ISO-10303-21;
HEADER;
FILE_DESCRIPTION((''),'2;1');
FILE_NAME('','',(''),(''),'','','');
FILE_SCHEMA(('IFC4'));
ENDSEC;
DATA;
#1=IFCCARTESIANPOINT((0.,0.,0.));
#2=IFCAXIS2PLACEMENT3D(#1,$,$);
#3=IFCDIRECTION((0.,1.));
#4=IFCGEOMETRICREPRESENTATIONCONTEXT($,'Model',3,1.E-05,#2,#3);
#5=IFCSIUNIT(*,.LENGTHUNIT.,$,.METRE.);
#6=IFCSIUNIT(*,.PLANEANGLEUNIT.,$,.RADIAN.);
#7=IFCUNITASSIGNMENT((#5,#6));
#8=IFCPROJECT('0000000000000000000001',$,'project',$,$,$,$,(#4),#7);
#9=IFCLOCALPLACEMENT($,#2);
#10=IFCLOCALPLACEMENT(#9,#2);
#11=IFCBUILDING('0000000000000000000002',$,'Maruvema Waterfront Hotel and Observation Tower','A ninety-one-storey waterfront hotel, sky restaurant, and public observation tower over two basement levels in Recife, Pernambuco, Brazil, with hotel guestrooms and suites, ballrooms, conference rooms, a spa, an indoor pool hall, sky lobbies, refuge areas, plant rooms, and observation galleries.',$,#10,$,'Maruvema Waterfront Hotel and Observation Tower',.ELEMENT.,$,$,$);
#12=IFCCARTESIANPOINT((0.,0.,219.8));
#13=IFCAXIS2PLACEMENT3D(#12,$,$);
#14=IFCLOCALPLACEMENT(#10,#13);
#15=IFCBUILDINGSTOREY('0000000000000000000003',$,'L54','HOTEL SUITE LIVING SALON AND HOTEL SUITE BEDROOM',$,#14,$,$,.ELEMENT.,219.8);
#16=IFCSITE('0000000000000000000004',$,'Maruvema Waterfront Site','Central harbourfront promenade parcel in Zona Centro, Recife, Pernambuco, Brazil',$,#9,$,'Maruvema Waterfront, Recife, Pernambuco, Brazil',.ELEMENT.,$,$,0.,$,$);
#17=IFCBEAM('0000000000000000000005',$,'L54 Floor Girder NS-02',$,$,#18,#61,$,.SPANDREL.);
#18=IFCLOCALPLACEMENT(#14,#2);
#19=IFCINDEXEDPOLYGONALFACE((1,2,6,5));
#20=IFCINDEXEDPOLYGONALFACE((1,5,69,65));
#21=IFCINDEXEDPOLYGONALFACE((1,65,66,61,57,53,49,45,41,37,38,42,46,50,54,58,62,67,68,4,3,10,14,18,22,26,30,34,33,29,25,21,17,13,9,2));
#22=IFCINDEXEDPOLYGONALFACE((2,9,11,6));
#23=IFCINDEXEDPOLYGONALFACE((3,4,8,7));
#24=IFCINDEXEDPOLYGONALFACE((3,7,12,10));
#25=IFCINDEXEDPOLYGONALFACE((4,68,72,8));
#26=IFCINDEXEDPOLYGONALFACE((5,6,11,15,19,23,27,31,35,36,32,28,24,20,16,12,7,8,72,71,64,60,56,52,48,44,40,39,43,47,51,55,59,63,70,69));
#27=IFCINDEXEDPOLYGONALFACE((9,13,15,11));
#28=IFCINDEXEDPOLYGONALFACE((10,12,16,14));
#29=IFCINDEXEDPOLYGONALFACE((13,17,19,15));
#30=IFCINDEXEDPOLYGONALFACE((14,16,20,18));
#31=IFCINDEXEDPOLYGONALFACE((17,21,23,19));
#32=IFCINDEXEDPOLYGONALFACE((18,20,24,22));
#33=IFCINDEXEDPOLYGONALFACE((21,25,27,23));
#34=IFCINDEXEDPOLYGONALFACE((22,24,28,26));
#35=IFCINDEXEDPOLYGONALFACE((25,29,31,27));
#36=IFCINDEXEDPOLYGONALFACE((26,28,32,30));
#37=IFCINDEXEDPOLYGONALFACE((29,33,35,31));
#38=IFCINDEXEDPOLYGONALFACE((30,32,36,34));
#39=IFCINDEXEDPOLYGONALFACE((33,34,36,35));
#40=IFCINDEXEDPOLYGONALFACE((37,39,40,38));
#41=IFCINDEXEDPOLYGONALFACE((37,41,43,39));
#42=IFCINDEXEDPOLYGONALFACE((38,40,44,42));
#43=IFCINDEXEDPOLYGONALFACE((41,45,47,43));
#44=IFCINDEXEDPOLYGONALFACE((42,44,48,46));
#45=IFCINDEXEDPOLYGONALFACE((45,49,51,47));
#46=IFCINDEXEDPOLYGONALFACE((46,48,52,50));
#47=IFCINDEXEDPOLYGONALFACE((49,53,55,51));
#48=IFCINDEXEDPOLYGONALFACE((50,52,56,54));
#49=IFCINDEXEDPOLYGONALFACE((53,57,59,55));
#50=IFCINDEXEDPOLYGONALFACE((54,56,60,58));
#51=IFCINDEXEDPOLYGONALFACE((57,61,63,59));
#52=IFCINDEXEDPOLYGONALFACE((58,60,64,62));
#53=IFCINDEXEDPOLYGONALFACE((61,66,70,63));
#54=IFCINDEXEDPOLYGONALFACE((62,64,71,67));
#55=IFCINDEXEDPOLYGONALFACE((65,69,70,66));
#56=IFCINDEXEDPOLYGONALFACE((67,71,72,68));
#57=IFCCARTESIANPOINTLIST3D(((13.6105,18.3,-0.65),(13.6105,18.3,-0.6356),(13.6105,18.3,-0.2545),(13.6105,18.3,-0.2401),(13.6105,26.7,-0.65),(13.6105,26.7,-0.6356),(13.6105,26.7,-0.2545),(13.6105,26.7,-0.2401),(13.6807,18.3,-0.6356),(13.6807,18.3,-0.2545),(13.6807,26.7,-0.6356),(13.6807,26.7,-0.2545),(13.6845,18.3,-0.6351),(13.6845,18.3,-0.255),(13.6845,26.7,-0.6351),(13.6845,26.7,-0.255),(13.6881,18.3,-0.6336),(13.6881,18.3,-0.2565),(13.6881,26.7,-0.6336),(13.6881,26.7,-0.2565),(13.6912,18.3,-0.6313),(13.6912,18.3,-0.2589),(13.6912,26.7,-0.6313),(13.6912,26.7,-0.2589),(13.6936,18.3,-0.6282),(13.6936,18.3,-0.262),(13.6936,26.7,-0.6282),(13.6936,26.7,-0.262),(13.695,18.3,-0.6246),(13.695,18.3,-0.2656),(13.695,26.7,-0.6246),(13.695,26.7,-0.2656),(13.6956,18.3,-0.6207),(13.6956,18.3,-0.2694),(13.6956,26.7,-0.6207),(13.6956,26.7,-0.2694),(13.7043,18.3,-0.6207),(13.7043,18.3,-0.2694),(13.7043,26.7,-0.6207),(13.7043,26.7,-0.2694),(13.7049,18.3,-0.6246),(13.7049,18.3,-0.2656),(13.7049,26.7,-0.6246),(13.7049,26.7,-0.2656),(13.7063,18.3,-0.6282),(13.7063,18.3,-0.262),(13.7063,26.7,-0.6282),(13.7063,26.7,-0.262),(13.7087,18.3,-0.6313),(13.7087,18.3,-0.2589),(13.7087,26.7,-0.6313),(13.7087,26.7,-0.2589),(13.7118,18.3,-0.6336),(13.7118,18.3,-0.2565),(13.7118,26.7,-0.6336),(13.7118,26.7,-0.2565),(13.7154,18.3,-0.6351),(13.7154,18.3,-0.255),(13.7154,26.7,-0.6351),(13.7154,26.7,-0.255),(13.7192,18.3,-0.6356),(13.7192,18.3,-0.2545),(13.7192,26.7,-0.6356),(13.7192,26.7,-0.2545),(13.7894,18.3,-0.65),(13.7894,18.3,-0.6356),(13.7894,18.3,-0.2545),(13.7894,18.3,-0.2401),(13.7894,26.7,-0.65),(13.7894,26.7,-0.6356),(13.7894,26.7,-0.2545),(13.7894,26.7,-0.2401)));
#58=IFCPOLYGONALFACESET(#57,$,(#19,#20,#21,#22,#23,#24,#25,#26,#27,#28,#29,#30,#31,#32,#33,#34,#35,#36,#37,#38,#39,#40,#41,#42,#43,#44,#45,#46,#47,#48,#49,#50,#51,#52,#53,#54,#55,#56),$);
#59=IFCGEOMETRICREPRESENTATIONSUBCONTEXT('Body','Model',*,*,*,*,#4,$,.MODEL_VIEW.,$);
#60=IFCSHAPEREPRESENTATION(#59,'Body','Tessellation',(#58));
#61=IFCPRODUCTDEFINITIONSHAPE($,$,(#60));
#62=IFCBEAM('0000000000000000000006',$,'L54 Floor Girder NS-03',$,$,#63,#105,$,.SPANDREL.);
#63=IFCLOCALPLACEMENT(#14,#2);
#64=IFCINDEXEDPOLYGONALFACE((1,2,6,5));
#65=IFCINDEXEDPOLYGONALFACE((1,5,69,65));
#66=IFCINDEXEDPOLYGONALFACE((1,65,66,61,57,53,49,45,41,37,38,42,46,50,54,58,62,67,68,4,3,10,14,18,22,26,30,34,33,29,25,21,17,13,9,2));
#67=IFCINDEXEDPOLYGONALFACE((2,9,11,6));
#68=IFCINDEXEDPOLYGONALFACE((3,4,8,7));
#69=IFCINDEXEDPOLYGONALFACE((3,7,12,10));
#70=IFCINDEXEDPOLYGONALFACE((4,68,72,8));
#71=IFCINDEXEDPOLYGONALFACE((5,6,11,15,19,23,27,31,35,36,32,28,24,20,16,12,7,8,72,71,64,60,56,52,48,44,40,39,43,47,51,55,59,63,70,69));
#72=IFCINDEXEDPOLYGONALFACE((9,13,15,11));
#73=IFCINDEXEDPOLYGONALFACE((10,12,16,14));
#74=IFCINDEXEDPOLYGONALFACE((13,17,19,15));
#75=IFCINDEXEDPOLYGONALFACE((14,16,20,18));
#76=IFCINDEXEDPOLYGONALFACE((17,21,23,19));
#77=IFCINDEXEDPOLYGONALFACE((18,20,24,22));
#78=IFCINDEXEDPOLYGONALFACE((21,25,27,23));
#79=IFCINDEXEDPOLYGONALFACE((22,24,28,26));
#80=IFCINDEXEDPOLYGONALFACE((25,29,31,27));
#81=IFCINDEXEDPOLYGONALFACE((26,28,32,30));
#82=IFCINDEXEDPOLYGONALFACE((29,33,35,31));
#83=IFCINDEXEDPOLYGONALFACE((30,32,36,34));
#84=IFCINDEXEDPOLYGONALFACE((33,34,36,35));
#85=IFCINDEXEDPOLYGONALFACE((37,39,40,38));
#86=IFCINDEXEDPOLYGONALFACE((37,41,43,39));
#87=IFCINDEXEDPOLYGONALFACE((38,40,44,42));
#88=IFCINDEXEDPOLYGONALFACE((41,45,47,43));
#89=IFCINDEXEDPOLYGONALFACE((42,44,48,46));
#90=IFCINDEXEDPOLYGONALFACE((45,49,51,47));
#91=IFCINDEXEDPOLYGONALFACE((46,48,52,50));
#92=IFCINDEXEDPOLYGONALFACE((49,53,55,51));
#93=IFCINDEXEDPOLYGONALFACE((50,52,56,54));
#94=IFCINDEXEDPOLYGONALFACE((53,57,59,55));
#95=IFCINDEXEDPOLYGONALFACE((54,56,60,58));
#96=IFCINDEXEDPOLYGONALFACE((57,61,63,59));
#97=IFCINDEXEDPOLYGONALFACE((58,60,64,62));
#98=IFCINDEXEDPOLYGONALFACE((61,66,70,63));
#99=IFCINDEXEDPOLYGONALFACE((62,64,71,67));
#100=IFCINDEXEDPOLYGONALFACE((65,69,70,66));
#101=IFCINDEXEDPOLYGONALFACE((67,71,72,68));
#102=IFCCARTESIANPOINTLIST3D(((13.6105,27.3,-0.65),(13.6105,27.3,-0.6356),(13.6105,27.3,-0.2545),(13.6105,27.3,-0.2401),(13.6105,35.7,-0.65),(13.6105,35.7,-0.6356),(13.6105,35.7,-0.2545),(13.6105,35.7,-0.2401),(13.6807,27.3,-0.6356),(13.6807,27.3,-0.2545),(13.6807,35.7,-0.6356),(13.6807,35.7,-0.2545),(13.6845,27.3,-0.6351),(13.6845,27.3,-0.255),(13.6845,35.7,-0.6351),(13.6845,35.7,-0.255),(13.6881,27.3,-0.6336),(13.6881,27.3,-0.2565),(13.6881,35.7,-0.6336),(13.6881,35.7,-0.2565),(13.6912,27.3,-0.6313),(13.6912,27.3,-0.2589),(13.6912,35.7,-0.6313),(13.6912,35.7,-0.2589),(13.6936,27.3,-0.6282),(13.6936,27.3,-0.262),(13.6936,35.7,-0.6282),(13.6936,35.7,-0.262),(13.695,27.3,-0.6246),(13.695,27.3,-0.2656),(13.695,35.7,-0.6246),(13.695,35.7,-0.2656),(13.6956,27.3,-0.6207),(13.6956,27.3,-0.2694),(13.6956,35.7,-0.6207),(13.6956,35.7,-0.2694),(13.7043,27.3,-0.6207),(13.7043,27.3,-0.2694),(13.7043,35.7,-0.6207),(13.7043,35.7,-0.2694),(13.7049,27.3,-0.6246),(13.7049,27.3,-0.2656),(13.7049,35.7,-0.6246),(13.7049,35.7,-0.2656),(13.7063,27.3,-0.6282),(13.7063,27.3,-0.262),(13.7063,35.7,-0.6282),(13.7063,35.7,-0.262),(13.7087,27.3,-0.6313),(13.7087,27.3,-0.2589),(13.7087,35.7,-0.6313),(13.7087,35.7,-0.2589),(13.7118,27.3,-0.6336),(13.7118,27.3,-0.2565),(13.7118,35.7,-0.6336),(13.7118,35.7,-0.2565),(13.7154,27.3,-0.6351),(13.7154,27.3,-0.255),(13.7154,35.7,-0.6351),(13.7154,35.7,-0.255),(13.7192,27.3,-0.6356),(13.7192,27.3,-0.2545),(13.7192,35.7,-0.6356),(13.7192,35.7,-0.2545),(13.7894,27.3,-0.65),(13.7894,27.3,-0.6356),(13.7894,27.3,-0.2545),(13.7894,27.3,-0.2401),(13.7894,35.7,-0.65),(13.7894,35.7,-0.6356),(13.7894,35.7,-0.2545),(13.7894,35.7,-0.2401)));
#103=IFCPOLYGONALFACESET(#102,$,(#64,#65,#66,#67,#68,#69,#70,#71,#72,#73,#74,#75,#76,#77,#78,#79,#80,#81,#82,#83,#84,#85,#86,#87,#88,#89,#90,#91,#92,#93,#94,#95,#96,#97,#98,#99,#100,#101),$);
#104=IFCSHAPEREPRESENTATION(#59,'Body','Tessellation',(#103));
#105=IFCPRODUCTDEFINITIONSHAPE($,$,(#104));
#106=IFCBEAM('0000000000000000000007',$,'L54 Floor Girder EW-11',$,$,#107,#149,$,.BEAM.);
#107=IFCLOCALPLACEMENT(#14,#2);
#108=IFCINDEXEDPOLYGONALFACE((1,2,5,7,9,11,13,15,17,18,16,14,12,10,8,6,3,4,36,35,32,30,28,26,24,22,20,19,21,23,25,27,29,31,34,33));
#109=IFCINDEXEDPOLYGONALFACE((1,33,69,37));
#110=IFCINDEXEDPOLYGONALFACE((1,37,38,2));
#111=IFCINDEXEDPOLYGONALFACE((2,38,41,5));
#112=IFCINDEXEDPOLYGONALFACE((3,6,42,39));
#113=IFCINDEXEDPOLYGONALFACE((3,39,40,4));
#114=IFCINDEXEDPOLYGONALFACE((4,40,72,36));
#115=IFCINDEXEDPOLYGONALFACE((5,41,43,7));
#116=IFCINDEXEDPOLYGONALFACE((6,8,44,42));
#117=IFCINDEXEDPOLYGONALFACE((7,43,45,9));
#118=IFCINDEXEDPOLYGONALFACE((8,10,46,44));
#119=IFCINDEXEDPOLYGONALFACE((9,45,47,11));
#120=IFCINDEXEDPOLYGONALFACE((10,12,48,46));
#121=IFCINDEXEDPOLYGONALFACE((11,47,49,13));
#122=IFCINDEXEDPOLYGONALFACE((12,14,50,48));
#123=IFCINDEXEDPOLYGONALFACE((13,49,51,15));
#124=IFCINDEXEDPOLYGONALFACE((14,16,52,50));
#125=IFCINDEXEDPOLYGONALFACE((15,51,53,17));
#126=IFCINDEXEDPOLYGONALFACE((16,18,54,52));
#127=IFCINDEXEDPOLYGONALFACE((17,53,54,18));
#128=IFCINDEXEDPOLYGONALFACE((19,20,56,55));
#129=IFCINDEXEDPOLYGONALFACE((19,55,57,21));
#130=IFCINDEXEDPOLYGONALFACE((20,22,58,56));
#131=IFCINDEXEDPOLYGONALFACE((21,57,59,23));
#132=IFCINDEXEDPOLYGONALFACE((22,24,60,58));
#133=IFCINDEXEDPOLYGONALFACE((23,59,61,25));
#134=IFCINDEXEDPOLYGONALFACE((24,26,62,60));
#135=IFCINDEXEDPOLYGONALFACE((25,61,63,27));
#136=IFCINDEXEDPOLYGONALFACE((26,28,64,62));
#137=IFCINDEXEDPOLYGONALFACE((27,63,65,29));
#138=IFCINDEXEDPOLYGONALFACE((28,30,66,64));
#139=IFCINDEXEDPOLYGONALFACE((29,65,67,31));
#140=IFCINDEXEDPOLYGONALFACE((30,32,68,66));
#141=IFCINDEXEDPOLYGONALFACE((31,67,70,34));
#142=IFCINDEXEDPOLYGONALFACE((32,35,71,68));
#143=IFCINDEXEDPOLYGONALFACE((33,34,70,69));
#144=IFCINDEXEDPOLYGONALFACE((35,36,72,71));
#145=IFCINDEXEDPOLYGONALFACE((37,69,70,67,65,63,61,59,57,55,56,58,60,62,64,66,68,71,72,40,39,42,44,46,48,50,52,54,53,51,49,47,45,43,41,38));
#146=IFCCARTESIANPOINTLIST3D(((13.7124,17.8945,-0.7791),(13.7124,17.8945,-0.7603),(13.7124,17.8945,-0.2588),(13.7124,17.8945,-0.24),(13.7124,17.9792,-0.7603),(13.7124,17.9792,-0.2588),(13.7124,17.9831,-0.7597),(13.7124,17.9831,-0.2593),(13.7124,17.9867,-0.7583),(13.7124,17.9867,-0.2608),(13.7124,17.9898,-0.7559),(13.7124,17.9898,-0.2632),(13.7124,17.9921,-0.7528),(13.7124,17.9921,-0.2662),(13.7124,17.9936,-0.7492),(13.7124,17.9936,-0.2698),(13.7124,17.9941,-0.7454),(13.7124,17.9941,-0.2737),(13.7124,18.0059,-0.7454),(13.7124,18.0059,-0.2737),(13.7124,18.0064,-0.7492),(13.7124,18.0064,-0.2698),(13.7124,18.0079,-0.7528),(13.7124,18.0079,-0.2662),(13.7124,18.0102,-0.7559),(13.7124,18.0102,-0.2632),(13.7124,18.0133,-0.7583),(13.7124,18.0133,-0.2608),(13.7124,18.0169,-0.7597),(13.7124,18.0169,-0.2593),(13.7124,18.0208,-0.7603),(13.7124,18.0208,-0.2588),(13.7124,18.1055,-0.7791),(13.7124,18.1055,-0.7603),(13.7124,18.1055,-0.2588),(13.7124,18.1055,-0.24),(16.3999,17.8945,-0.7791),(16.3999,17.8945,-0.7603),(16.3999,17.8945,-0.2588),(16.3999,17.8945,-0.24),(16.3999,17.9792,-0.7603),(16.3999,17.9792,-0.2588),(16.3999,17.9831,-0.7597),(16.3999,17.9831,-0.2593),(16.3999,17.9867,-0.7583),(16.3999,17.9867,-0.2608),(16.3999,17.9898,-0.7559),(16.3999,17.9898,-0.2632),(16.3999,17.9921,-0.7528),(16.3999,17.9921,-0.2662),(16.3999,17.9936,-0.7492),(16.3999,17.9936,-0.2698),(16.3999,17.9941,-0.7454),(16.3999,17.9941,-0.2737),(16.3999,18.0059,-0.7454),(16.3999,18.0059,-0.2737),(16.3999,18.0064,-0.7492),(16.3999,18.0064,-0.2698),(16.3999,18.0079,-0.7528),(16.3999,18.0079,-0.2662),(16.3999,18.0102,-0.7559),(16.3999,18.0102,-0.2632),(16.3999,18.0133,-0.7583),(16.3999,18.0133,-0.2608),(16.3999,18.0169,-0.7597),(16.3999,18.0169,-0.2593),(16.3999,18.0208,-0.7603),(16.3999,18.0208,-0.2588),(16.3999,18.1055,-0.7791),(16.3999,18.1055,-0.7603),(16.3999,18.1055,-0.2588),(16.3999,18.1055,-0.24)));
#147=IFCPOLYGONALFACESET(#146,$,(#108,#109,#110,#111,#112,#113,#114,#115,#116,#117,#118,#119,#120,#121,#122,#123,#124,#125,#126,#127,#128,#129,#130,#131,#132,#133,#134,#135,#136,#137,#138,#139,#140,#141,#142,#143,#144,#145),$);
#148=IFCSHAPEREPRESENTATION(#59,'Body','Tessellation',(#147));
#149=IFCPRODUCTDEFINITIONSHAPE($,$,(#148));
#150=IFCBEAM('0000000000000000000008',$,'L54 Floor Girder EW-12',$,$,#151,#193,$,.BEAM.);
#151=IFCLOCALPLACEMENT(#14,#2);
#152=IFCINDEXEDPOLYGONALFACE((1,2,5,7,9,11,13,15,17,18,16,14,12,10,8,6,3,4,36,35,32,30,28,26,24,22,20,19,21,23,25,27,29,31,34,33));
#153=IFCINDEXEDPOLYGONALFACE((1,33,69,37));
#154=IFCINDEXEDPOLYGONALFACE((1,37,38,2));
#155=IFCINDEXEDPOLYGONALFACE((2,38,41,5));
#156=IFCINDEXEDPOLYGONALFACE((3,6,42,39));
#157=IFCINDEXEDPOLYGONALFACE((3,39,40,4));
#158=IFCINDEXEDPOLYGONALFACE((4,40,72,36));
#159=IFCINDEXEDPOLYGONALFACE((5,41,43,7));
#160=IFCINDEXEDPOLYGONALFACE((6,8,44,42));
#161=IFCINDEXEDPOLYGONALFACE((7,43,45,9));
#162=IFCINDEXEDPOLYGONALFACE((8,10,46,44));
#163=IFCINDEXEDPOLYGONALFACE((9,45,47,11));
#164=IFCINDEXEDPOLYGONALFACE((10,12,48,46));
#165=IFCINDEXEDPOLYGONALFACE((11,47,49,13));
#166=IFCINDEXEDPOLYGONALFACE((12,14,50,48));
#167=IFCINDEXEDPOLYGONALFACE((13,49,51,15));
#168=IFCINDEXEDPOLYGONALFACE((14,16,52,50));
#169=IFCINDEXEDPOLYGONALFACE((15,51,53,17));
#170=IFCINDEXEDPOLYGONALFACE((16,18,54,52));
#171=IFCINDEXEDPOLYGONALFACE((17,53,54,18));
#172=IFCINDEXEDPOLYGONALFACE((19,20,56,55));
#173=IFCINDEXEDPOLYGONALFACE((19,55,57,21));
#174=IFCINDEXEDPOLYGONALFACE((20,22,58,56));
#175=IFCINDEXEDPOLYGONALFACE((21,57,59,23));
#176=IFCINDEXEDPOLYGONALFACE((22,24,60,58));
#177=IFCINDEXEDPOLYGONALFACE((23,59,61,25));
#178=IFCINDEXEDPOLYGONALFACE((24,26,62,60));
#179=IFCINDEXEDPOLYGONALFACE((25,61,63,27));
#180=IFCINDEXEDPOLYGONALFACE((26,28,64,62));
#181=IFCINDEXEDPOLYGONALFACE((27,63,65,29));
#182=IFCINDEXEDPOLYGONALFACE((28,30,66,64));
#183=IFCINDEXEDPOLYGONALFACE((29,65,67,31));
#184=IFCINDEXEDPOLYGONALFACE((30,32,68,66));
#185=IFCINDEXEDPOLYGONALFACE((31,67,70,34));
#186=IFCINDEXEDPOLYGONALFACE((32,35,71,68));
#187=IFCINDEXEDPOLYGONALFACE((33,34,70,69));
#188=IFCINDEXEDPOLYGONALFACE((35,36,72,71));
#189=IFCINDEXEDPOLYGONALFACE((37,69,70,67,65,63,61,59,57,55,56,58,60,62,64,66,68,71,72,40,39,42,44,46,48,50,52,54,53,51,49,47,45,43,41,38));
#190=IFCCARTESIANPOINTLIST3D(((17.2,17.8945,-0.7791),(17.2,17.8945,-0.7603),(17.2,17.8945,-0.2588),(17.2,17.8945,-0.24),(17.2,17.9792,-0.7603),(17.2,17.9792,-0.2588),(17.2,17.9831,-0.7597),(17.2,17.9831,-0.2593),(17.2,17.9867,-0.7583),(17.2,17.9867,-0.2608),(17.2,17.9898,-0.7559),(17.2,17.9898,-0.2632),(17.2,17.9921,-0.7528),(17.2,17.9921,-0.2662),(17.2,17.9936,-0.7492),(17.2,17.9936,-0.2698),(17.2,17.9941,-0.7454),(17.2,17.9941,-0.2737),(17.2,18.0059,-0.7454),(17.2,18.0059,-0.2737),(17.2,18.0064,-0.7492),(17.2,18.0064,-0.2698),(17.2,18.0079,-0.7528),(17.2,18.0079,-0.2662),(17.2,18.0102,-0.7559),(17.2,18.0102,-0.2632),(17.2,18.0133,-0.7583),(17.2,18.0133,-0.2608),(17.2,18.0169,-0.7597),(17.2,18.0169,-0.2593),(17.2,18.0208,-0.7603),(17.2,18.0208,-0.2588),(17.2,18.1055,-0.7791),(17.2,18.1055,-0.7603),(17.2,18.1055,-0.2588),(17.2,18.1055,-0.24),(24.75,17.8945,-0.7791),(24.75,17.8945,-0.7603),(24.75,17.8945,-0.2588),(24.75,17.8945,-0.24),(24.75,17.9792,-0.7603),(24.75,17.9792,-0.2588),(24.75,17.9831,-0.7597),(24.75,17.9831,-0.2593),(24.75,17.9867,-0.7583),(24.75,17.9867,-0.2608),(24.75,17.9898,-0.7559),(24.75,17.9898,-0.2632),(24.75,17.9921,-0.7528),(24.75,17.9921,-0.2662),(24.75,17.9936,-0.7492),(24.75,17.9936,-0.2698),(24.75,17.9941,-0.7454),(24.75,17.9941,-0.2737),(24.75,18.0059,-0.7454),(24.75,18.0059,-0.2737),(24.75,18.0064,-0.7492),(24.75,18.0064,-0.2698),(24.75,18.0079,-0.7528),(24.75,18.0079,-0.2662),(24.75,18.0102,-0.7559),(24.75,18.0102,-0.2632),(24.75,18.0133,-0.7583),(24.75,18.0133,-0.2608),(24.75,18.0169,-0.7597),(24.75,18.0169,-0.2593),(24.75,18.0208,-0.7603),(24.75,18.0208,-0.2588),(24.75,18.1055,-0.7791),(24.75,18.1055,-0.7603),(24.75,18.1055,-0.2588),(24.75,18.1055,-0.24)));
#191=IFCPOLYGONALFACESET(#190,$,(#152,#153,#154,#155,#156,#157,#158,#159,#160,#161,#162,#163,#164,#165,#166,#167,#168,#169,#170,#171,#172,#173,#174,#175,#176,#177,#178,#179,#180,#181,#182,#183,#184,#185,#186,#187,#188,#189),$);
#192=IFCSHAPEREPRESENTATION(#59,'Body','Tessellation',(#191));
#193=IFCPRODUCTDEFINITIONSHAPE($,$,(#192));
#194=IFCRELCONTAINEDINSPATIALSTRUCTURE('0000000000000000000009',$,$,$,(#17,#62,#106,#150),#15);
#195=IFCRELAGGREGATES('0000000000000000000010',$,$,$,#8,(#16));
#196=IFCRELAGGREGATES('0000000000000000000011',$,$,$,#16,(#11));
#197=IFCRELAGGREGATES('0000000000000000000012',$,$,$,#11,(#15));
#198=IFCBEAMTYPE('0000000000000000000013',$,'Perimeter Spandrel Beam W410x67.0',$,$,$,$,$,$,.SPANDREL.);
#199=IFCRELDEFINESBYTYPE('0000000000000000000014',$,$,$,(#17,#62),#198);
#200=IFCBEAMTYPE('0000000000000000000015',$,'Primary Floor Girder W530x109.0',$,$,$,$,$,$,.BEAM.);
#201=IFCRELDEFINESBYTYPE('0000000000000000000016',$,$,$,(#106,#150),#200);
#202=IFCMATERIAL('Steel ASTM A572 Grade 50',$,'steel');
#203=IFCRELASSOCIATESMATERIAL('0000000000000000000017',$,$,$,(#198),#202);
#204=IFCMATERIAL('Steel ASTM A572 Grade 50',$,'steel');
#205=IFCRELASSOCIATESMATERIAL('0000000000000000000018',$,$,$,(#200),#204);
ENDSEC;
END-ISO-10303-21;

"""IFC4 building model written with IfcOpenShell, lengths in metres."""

from ifc_helpers import new_model, si_unit, direction, frame, origin, origin_2d, place, context, subcontext, project, spatial, i_section, extrude, material, material_profile, profile_set, type_object, element, save


model = new_model("IFC4")

# Units and contexts
model_context = context("Model", 3, precision=1e-05, world=origin(), true_north=direction((0.0, 1.0)))
body_context = subcontext(model_context, "Body", "Model", "MODEL_VIEW")
ifc_project = project(units=[si_unit("LENGTHUNIT", "METRE"), si_unit("PLANEANGLEUNIT", "RADIAN")], contexts=[model_context])

# Site, building, storey
site_placement = place(None, origin())
site = spatial("IfcSite", under=ifc_project, at=site_placement, Name="Maruvema Waterfront Site", Description="Central harbourfront promenade parcel in Zona Centro, Recife, Pernambuco, Brazil", LongName="Maruvema Waterfront, Recife, Pernambuco, Brazil", CompositionType="ELEMENT", RefElevation=0.0)
building_placement = place(site_placement, origin())
building = spatial("IfcBuilding", under=site, at=building_placement, Name="Maruvema Waterfront Hotel and Observation Tower", Description="A ninety-one-storey waterfront hotel, sky restaurant, and public observation tower over two basement levels in Recife, Pernambuco, Brazil, with hotel guestrooms and suites, ballrooms, conference rooms, a spa, an indoor pool hall, sky lobbies, refuge areas, plant rooms, and observation galleries.", LongName="Maruvema Waterfront Hotel and Observation Tower", CompositionType="ELEMENT")
storey_placement = place(building_placement, frame((0.0, 0.0, 219.8)))
storey = spatial("IfcBuildingStorey", under=building, at=storey_placement, Name="L54", Description="HOTEL SUITE LIVING SALON AND HOTEL SUITE BEDROOM", CompositionType="ELEMENT", Elevation=219.8)

# Beams
ifc_material_1 = material(Name="Steel ASTM A572 Grade 50", Category="steel")
ifc_material_profile_1 = material_profile(ifc_material_1, i_section(OverallWidth=0.179, OverallDepth=0.4099, WebThickness=0.0088, FlangeThickness=0.0144, FilletRadius=0.0149, at=origin_2d()), Name="W410x67.0")
ifc_profile_set_1 = profile_set([ifc_material_profile_1], Name="Steel ASTM A572 Grade 50")
beam_type_1 = type_object("IfcBeamType", Name="Perimeter Spandrel Beam W410x67.0", PredefinedType="SPANDREL", material=ifc_profile_set_1)
for number, where, z_axis, x_axis, name in (
    (1, (13.7, 18.3, -0.4451), (0.0, 1.0, 0.0), (-1.0, 0.0, 0.0), "L54 Floor Girder NS-02"),
    (2, (13.7, 27.3, -0.4451), (0.0, 1.0, 0.0), (-1.0, 0.0, 0.0), "L54 Floor Girder NS-03"),
):
    element("IfcBeam", number, at=place(storey_placement, frame(where, z_axis=z_axis, x_axis=x_axis)), inside=storey, type_object=beam_type_1, Name=name, PredefinedType="SPANDREL", context=body_context, shape_type="SweptSolid", body=[
        extrude(i_section(OverallWidth=0.179, OverallDepth=0.4099, WebThickness=0.0088, FlangeThickness=0.0144, FilletRadius=0.0149, at=origin_2d()), origin(), (0.0, 0.0, 1.0), 8.3999),
    ])
ifc_material_2 = material(Name="Steel ASTM A572 Grade 50", Category="steel")
ifc_material_profile_2 = material_profile(ifc_material_2, i_section(OverallWidth=0.2109, OverallDepth=0.5391, WebThickness=0.0117, FlangeThickness=0.0188, FilletRadius=0.0149, at=origin_2d()), Name="W530x109.0")
ifc_profile_set_2 = profile_set([ifc_material_profile_2], Name="Steel ASTM A572 Grade 50")
beam_type_2 = type_object("IfcBeamType", Name="Primary Floor Girder W530x109.0", PredefinedType="BEAM", material=ifc_profile_set_2)
beam_1_placement = place(storey_placement, frame((13.7124, 18.0, -0.5095), z_axis=(1.0, 0.0, 0.0), x_axis=(0.0, 1.0, 0.0)))
element("IfcBeam", 3, at=beam_1_placement, inside=storey, type_object=beam_type_2, Name="L54 Floor Girder EW-11", PredefinedType="BEAM", context=body_context, shape_type="SweptSolid", body=[
    extrude(i_section(OverallWidth=0.2109, OverallDepth=0.5391, WebThickness=0.0117, FlangeThickness=0.0188, FilletRadius=0.0149, at=origin_2d()), origin(), (0.0, 0.0, 1.0), 2.6875),
])
beam_2_placement = place(storey_placement, frame((17.2, 18.0, -0.5095), z_axis=(1.0, 0.0, 0.0), x_axis=(0.0, 1.0, 0.0)))
element("IfcBeam", 4, at=beam_2_placement, inside=storey, type_object=beam_type_2, Name="L54 Floor Girder EW-12", PredefinedType="BEAM", context=body_context, shape_type="SweptSolid", body=[
    extrude(i_section(OverallWidth=0.2109, OverallDepth=0.5391, WebThickness=0.0117, FlangeThickness=0.0188, FilletRadius=0.0149, at=origin_2d()), origin(), (0.0, 0.0, 1.0), 7.55),
])

save(model, "model.ifc")
